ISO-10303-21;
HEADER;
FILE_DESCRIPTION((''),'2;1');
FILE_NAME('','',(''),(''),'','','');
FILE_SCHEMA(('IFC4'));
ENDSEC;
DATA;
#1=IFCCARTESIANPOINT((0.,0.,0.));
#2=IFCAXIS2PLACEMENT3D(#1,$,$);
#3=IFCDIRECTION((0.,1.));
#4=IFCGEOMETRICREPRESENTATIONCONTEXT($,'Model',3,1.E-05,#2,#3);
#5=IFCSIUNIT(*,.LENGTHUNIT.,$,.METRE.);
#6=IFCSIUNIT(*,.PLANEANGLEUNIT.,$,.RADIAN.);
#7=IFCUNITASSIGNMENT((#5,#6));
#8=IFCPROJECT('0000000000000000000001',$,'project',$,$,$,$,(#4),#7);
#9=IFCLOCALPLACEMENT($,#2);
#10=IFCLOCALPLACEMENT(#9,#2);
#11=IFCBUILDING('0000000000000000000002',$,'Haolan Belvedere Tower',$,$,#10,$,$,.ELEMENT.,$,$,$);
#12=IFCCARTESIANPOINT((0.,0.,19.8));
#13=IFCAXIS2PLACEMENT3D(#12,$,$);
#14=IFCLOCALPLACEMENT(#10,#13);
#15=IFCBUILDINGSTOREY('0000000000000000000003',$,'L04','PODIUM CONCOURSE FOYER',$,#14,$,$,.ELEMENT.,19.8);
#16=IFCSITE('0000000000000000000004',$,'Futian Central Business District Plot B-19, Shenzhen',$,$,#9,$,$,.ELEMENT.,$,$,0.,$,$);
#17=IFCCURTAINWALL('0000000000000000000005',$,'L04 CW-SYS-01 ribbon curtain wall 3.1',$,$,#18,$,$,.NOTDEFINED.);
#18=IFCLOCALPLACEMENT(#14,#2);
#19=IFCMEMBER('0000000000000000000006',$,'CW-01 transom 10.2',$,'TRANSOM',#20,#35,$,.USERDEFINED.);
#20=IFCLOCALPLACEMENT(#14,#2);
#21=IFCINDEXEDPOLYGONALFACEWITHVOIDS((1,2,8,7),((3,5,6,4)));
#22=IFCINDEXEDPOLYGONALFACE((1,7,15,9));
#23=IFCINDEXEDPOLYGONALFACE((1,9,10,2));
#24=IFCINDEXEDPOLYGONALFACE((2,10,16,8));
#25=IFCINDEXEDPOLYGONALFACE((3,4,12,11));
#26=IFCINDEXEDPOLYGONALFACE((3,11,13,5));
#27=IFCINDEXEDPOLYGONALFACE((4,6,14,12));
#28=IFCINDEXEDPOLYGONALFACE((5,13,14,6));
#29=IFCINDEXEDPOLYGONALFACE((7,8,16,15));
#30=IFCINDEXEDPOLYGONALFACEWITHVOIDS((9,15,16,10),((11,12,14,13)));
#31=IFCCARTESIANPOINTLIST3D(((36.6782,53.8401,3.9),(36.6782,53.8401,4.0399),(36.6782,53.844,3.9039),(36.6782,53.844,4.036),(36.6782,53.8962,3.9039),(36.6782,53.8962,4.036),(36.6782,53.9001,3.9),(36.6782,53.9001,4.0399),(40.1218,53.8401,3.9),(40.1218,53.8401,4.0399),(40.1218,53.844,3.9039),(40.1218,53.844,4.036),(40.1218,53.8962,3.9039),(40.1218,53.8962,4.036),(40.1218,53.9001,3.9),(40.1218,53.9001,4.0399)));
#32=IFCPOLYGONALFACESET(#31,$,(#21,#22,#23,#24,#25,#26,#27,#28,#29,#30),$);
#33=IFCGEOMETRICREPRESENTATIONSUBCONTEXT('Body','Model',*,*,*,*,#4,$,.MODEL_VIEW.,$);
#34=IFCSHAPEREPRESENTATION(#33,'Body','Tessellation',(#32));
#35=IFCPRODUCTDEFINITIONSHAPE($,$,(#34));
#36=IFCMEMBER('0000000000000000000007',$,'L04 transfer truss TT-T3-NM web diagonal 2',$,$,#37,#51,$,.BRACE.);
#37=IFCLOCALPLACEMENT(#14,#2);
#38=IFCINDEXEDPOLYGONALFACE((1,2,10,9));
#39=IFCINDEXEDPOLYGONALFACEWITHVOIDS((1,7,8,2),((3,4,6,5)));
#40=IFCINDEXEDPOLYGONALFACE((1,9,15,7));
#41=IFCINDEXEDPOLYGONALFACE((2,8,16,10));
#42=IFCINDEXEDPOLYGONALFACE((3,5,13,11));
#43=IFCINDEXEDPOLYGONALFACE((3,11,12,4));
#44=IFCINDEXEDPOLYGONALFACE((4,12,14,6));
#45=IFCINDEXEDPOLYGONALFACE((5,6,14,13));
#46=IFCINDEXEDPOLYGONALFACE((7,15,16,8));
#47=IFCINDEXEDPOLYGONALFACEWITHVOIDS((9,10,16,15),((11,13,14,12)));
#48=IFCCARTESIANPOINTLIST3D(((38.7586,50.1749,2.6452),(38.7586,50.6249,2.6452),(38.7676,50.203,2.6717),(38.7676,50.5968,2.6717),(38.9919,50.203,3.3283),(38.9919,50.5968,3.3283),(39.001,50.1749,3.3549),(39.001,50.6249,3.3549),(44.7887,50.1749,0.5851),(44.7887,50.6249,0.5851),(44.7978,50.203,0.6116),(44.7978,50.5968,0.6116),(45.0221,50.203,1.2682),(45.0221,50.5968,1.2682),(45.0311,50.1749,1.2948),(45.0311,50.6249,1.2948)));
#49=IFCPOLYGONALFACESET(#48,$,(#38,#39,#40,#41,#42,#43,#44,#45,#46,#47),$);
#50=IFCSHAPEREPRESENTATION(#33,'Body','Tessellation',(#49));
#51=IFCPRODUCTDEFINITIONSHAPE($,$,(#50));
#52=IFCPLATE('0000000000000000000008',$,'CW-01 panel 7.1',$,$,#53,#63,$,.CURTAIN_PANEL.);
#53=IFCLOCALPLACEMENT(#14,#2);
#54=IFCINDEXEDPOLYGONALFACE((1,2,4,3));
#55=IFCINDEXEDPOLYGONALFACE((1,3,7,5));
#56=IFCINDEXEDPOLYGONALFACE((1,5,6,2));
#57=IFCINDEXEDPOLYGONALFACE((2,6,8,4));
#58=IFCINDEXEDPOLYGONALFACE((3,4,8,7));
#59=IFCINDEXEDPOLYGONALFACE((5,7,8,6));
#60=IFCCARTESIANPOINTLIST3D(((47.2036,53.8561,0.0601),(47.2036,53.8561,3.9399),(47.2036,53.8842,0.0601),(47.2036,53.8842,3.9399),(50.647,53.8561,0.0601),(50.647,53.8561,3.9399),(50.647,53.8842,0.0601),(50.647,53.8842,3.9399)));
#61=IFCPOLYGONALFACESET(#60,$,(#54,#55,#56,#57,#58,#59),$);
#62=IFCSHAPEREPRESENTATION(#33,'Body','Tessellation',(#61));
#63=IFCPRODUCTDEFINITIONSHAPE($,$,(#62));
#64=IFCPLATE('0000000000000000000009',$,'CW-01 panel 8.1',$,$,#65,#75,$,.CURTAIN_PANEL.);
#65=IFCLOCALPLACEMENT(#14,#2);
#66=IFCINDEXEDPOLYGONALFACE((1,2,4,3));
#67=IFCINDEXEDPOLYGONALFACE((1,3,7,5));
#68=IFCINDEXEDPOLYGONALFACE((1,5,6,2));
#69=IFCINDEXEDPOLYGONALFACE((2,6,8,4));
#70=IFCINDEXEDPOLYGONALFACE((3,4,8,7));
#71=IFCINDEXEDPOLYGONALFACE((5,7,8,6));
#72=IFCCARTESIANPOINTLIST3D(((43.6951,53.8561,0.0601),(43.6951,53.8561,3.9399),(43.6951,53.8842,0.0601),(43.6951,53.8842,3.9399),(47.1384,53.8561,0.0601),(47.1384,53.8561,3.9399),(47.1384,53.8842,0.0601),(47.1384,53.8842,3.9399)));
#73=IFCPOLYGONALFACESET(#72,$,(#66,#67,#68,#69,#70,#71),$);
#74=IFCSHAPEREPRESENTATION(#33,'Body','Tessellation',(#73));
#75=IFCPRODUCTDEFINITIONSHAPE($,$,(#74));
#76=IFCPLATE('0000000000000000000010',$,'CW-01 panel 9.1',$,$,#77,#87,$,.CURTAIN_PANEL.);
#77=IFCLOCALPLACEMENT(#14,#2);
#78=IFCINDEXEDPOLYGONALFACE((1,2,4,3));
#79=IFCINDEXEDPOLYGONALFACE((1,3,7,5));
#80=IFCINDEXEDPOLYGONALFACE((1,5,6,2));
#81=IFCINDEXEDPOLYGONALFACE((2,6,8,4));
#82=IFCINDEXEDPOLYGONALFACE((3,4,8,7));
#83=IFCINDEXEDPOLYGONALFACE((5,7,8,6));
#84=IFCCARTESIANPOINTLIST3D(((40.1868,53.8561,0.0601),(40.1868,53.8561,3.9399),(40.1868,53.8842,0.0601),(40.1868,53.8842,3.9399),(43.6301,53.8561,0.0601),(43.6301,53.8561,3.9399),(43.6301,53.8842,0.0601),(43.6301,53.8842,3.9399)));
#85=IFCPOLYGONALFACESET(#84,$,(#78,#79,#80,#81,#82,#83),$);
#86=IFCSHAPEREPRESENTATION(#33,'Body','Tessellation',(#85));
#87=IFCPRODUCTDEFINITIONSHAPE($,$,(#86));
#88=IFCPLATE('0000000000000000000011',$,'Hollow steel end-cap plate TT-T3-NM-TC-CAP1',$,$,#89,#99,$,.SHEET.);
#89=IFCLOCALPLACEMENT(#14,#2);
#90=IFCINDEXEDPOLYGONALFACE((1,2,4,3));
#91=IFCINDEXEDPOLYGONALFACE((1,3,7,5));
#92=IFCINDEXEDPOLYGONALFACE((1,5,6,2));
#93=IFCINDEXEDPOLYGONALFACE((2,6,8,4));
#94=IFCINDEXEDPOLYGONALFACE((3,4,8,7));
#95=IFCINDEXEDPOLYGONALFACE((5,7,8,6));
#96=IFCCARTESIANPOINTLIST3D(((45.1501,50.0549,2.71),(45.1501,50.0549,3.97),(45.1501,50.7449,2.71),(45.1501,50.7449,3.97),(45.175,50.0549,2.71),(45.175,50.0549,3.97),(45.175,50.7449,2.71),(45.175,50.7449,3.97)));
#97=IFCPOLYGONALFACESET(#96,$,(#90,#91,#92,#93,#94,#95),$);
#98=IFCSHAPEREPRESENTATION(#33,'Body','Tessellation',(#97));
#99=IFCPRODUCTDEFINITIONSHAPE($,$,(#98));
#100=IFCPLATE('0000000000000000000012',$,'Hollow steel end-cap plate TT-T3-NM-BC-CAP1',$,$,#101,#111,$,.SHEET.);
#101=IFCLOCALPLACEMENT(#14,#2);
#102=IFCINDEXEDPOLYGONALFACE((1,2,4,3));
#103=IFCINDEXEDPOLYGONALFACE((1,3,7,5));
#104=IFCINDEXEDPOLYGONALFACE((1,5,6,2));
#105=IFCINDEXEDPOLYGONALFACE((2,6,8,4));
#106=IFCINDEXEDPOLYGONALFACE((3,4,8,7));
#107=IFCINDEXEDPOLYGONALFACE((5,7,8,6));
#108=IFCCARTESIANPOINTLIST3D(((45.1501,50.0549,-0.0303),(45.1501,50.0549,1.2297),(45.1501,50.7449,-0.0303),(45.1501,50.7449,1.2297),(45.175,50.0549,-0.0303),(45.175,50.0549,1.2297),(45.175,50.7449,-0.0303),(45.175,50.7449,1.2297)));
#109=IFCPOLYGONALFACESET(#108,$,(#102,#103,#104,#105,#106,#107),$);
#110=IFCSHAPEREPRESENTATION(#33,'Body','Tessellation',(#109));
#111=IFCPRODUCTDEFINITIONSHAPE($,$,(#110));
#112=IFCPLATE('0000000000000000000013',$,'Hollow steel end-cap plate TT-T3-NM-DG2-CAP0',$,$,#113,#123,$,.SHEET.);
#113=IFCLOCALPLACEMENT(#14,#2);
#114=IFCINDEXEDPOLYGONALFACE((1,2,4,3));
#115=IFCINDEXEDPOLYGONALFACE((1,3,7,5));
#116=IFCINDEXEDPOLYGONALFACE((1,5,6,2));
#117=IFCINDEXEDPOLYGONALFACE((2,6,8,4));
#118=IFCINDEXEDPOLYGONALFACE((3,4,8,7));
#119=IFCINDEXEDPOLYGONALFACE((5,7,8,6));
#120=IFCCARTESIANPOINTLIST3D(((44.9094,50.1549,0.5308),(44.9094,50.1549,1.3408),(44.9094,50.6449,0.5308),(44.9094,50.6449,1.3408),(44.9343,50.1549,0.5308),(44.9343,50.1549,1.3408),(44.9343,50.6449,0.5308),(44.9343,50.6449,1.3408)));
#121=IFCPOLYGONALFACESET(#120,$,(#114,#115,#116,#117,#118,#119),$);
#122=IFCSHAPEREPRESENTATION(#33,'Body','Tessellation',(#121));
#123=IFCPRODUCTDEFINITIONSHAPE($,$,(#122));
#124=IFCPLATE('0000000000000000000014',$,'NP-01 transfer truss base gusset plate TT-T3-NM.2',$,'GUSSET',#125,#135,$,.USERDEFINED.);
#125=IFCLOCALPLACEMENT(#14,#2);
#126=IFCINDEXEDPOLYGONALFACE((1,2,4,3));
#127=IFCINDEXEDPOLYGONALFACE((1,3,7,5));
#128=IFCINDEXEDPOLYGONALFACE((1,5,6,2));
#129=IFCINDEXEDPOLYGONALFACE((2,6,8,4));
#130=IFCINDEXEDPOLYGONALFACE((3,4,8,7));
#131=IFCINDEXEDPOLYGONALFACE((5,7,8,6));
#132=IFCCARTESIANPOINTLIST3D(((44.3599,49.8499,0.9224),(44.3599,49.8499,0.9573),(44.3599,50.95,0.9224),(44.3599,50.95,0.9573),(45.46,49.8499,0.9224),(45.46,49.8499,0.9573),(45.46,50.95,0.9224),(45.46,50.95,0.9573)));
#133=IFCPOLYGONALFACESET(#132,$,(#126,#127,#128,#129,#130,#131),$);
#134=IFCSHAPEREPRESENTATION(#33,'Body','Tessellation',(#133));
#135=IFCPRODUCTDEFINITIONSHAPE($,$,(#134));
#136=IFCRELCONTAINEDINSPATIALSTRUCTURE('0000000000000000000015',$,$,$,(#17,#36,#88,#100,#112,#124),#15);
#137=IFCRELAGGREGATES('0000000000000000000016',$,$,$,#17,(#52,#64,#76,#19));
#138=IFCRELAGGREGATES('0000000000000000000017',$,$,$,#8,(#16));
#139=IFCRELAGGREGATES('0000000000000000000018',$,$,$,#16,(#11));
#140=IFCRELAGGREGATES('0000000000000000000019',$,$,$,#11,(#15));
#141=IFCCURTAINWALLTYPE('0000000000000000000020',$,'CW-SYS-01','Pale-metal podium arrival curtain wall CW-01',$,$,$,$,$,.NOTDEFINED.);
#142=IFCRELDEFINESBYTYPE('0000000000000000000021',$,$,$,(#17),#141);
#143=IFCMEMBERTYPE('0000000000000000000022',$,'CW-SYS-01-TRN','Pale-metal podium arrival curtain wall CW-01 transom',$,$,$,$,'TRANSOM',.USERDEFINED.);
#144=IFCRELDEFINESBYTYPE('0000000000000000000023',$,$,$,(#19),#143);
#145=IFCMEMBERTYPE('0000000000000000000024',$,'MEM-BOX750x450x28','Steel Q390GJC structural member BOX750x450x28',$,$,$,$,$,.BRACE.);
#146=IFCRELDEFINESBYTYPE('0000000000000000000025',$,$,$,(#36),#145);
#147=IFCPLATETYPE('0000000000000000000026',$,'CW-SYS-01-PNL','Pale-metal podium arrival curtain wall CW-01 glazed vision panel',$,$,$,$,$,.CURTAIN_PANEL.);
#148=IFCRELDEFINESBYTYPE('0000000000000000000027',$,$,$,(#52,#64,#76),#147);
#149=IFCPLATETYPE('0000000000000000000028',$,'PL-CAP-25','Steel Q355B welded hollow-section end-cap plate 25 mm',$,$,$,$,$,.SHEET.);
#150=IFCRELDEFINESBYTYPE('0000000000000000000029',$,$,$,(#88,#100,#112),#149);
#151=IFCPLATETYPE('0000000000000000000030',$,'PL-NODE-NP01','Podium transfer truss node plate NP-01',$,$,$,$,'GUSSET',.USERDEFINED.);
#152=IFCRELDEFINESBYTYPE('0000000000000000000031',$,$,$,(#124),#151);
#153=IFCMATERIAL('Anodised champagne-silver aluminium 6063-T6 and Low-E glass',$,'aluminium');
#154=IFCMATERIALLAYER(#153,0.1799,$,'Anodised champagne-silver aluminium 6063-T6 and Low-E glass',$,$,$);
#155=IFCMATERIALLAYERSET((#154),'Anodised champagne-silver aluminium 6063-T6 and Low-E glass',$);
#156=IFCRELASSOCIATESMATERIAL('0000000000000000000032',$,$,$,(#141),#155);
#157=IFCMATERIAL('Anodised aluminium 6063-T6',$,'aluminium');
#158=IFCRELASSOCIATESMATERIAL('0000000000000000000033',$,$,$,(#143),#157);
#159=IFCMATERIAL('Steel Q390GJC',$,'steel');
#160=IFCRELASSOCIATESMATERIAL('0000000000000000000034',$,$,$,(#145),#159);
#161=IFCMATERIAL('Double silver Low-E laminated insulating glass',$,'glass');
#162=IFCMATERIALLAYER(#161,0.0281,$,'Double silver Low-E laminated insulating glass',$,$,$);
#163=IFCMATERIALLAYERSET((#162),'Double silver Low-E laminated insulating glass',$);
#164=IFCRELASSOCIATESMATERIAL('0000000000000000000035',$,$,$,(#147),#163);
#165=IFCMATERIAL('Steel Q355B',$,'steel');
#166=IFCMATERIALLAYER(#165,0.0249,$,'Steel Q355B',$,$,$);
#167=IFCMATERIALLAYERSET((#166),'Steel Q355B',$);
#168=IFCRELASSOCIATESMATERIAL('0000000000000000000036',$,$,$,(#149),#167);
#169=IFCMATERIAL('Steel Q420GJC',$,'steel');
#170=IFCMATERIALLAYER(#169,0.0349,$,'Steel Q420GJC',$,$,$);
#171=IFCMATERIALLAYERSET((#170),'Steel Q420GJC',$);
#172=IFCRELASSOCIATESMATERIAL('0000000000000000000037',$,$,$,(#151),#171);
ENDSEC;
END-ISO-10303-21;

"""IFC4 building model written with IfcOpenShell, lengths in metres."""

from ifc_helpers import new_model, si_unit, direction, frame, origin, origin_2d, place, context, subcontext, project, spatial, rectangle, hollow_rectangle, extrude, material, layer, layer_set, material_profile, profile_set, type_object, element, aggregate, save


model = new_model("IFC4")

# Units and contexts
model_context = context("Model", 3, precision=1e-05, world=origin(), true_north=direction((0.0, 1.0)))
body_context = subcontext(model_context, "Body", "Model", "MODEL_VIEW")
ifc_project = project(units=[si_unit("LENGTHUNIT", "METRE"), si_unit("PLANEANGLEUNIT", "RADIAN")], contexts=[model_context])

# Site, building, storey
site_placement = place(None, origin())
site = spatial("IfcSite", under=ifc_project, at=site_placement, Name="Futian Central Business District Plot B-19, Shenzhen", CompositionType="ELEMENT", RefElevation=0.0)
building_placement = place(site_placement, origin())
building = spatial("IfcBuilding", under=site, at=building_placement, Name="Haolan Belvedere Tower", CompositionType="ELEMENT")
storey_placement = place(building_placement, frame((0.0, 0.0, 19.8)))
storey = spatial("IfcBuildingStorey", under=building, at=storey_placement, Name="L04", Description="PODIUM CONCOURSE FOYER", CompositionType="ELEMENT", Elevation=19.8)

# Shared definitions
ifc_material_1 = material(Name="Steel Q355B", Category="steel")

# Curtain wall, member
ifc_material_2 = material(Name="Anodised champagne-silver aluminium 6063-T6 and Low-E glass", Category="aluminium")
ifc_layer_1 = layer(ifc_material_2, 0.1799, Name="Anodised champagne-silver aluminium 6063-T6 and Low-E glass")
ifc_layer_set_1 = layer_set([ifc_layer_1], Name="Anodised champagne-silver aluminium 6063-T6 and Low-E glass")
curtain_wall_type = type_object("IfcCurtainWallType", Name="CW-SYS-01", Description="Pale-metal podium arrival curtain wall CW-01", PredefinedType="NOTDEFINED", material=ifc_layer_set_1)
curtain_wall_placement = place(storey_placement, origin())
curtain_wall = element("IfcCurtainWall", 1, at=curtain_wall_placement, inside=storey, type_object=curtain_wall_type, Name="L04 CW-SYS-01 ribbon curtain wall 3.1", PredefinedType="NOTDEFINED")
ifc_material_3 = material(Name="Anodised aluminium 6063-T6", Category="aluminium")
ifc_material_profile_1 = material_profile(ifc_material_3, hollow_rectangle(XDim=0.0601, YDim=0.1399, WallThickness=0.0039, at=origin_2d()), Name="Anodised aluminium 6063-T6")
ifc_profile_set_1 = profile_set([ifc_material_profile_1], Name="Anodised aluminium 6063-T6")
member_type_1 = type_object("IfcMemberType", Name="CW-SYS-01-TRN", Description="Pale-metal podium arrival curtain wall CW-01 transom", ElementType="TRANSOM", PredefinedType="USERDEFINED", material=ifc_profile_set_1)
member_1_placement = place(storey_placement, frame((40.1218, 53.8701, 3.97), z_axis=(-1.0, 0.0, 0.0), x_axis=(0.0, -1.0, 0.0)))
member_1 = element("IfcMember", 2, at=member_1_placement, type_object=member_type_1, Name="CW-01 transom 10.2", ObjectType="TRANSOM", PredefinedType="USERDEFINED", context=body_context, shape_type="SweptSolid", body=[
    extrude(hollow_rectangle(XDim=0.0601, YDim=0.1399, WallThickness=0.0039, at=origin_2d()), origin(), (0.0, 0.0, 1.0), 3.4436),
])

# Member
ifc_material_4 = material(Name="Steel Q390GJC", Category="steel")
ifc_material_profile_2 = material_profile(ifc_material_4, hollow_rectangle(XDim=0.45, YDim=0.75, WallThickness=0.0281, at=origin_2d()), Name="Steel Q390GJC")
ifc_profile_set_2 = profile_set([ifc_material_profile_2], Name="Steel Q390GJC")
member_type_2 = type_object("IfcMemberType", Name="MEM-BOX750x450x28", Description="Steel Q390GJC structural member BOX750x450x28", PredefinedType="BRACE", material=ifc_profile_set_2)
member_2_placement = place(storey_placement, frame((44.9099, 50.3999, 0.9399), z_axis=(-0.946301, 0.0, 0.323288), x_axis=(0.0, -1.0, 0.0)))
element("IfcMember", 3, at=member_2_placement, inside=storey, type_object=member_type_2, Name="L04 transfer truss TT-T3-NM web diagonal 2", PredefinedType="BRACE", context=body_context, shape_type="SweptSolid", body=[
    extrude(hollow_rectangle(XDim=0.45, YDim=0.75, WallThickness=0.0281, at=origin_2d()), origin(), (0.0, 0.0, 1.0), 6.3723),
])

# Plates
ifc_material_5 = material(Name="Double silver Low-E laminated insulating glass", Category="glass")
ifc_layer_2 = layer(ifc_material_5, 0.0281, Name="Double silver Low-E laminated insulating glass")
ifc_layer_set_2 = layer_set([ifc_layer_2], Name="Double silver Low-E laminated insulating glass")
plate_type_1 = type_object("IfcPlateType", Name="CW-SYS-01-PNL", Description="Pale-metal podium arrival curtain wall CW-01 glazed vision panel", PredefinedType="CURTAIN_PANEL", material=ifc_layer_set_2)
plate_1_placement = place(storey_placement, frame((48.9253, 53.8701, 0.0601), z_axis=(0.0, 0.0, 1.0), x_axis=(-1.0, 0.0, 0.0)))
plate_1 = element("IfcPlate", 4, at=plate_1_placement, type_object=plate_type_1, Name="CW-01 panel 7.1", PredefinedType="CURTAIN_PANEL", context=body_context, shape_type="SweptSolid", body=[
    extrude(rectangle(XDim=3.4434, YDim=0.0281, at=origin_2d()), origin(), (0.0, 0.0, 1.0), 3.8799),
])
plate_2_placement = place(storey_placement, frame((45.4167, 53.8701, 0.0601), z_axis=(0.0, 0.0, 1.0), x_axis=(-1.0, 0.0, 0.0)))
plate_2 = element("IfcPlate", 5, at=plate_2_placement, type_object=plate_type_1, Name="CW-01 panel 8.1", PredefinedType="CURTAIN_PANEL", context=body_context, shape_type="SweptSolid", body=[
    extrude(rectangle(XDim=3.4434, YDim=0.0281, at=origin_2d()), origin(), (0.0, 0.0, 1.0), 3.8799),
])
plate_3_placement = place(storey_placement, frame((41.9084, 53.8701, 0.0601), z_axis=(0.0, 0.0, 1.0), x_axis=(-1.0, 0.0, 0.0)))
plate_3 = element("IfcPlate", 6, at=plate_3_placement, type_object=plate_type_1, Name="CW-01 panel 9.1", PredefinedType="CURTAIN_PANEL", context=body_context, shape_type="SweptSolid", body=[
    extrude(rectangle(XDim=3.4434, YDim=0.0281, at=origin_2d()), origin(), (0.0, 0.0, 1.0), 3.8799),
])
aggregate(curtain_wall, [plate_1, plate_2, plate_3, member_1])

# Plates
ifc_layer_3 = layer(ifc_material_1, 0.0249, Name="Steel Q355B")
ifc_layer_set_3 = layer_set([ifc_layer_3], Name="Steel Q355B")
plate_type_2 = type_object("IfcPlateType", Name="PL-CAP-25", Description="Steel Q355B welded hollow-section end-cap plate 25 mm", PredefinedType="SHEET", material=ifc_layer_set_3)
for number, where, z_axis, x_axis, name in (
    (7, (45.1626, 50.3999, 2.71), (0.0, 0.0, 1.0), (0.0, 1.0, 0.0), "Hollow steel end-cap plate TT-T3-NM-TC-CAP1"),
    (8, (45.1626, 50.3999, -0.0303), (0.0, 0.0, 1.0), (0.0, 1.0, 0.0), "Hollow steel end-cap plate TT-T3-NM-BC-CAP1"),
):
    element("IfcPlate", number, at=place(storey_placement, frame(where, z_axis=z_axis, x_axis=x_axis)), inside=storey, type_object=plate_type_2, Name=name, PredefinedType="SHEET", context=body_context, shape_type="SweptSolid", body=[
        extrude(rectangle(XDim=0.6899, YDim=0.0249, at=origin_2d()), origin(), (0.0, 0.0, 1.0), 1.26),
    ])
plate_4_placement = place(storey_placement, frame((44.9219, 50.3999, 0.5308), z_axis=(0.0, 0.0, 1.0), x_axis=(0.0, 1.0, 0.0)))
element("IfcPlate", 9, at=plate_4_placement, inside=storey, type_object=plate_type_2, Name="Hollow steel end-cap plate TT-T3-NM-DG2-CAP0", PredefinedType="SHEET", context=body_context, shape_type="SweptSolid", body=[
    extrude(rectangle(XDim=0.49, YDim=0.0249, at=origin_2d()), origin(), (0.0, 0.0, 1.0), 0.8101),
])
ifc_material_6 = material(Name="Steel Q420GJC", Category="steel")
ifc_layer_4 = layer(ifc_material_6, 0.0349, Name="Steel Q420GJC")
ifc_layer_set_4 = layer_set([ifc_layer_4], Name="Steel Q420GJC")
plate_type_3 = type_object("IfcPlateType", Name="PL-NODE-NP01", Description="Podium transfer truss node plate NP-01", ElementType="GUSSET", PredefinedType="USERDEFINED", material=ifc_layer_set_4)
plate_5_placement = place(storey_placement, frame((44.9099, 50.3999, 0.9224), z_axis=(0.0, 0.0, 1.0), x_axis=(1.0, 0.0, 0.0)))
element("IfcPlate", 10, at=plate_5_placement, inside=storey, type_object=plate_type_3, Name="NP-01 transfer truss base gusset plate TT-T3-NM.2", ObjectType="GUSSET", PredefinedType="USERDEFINED", context=body_context, shape_type="SweptSolid", body=[
    extrude(rectangle(XDim=1.1001, YDim=1.1001, at=origin_2d()), origin(), (0.0, 0.0, 1.0), 0.0349),
])

save(model, "model.ifc")
